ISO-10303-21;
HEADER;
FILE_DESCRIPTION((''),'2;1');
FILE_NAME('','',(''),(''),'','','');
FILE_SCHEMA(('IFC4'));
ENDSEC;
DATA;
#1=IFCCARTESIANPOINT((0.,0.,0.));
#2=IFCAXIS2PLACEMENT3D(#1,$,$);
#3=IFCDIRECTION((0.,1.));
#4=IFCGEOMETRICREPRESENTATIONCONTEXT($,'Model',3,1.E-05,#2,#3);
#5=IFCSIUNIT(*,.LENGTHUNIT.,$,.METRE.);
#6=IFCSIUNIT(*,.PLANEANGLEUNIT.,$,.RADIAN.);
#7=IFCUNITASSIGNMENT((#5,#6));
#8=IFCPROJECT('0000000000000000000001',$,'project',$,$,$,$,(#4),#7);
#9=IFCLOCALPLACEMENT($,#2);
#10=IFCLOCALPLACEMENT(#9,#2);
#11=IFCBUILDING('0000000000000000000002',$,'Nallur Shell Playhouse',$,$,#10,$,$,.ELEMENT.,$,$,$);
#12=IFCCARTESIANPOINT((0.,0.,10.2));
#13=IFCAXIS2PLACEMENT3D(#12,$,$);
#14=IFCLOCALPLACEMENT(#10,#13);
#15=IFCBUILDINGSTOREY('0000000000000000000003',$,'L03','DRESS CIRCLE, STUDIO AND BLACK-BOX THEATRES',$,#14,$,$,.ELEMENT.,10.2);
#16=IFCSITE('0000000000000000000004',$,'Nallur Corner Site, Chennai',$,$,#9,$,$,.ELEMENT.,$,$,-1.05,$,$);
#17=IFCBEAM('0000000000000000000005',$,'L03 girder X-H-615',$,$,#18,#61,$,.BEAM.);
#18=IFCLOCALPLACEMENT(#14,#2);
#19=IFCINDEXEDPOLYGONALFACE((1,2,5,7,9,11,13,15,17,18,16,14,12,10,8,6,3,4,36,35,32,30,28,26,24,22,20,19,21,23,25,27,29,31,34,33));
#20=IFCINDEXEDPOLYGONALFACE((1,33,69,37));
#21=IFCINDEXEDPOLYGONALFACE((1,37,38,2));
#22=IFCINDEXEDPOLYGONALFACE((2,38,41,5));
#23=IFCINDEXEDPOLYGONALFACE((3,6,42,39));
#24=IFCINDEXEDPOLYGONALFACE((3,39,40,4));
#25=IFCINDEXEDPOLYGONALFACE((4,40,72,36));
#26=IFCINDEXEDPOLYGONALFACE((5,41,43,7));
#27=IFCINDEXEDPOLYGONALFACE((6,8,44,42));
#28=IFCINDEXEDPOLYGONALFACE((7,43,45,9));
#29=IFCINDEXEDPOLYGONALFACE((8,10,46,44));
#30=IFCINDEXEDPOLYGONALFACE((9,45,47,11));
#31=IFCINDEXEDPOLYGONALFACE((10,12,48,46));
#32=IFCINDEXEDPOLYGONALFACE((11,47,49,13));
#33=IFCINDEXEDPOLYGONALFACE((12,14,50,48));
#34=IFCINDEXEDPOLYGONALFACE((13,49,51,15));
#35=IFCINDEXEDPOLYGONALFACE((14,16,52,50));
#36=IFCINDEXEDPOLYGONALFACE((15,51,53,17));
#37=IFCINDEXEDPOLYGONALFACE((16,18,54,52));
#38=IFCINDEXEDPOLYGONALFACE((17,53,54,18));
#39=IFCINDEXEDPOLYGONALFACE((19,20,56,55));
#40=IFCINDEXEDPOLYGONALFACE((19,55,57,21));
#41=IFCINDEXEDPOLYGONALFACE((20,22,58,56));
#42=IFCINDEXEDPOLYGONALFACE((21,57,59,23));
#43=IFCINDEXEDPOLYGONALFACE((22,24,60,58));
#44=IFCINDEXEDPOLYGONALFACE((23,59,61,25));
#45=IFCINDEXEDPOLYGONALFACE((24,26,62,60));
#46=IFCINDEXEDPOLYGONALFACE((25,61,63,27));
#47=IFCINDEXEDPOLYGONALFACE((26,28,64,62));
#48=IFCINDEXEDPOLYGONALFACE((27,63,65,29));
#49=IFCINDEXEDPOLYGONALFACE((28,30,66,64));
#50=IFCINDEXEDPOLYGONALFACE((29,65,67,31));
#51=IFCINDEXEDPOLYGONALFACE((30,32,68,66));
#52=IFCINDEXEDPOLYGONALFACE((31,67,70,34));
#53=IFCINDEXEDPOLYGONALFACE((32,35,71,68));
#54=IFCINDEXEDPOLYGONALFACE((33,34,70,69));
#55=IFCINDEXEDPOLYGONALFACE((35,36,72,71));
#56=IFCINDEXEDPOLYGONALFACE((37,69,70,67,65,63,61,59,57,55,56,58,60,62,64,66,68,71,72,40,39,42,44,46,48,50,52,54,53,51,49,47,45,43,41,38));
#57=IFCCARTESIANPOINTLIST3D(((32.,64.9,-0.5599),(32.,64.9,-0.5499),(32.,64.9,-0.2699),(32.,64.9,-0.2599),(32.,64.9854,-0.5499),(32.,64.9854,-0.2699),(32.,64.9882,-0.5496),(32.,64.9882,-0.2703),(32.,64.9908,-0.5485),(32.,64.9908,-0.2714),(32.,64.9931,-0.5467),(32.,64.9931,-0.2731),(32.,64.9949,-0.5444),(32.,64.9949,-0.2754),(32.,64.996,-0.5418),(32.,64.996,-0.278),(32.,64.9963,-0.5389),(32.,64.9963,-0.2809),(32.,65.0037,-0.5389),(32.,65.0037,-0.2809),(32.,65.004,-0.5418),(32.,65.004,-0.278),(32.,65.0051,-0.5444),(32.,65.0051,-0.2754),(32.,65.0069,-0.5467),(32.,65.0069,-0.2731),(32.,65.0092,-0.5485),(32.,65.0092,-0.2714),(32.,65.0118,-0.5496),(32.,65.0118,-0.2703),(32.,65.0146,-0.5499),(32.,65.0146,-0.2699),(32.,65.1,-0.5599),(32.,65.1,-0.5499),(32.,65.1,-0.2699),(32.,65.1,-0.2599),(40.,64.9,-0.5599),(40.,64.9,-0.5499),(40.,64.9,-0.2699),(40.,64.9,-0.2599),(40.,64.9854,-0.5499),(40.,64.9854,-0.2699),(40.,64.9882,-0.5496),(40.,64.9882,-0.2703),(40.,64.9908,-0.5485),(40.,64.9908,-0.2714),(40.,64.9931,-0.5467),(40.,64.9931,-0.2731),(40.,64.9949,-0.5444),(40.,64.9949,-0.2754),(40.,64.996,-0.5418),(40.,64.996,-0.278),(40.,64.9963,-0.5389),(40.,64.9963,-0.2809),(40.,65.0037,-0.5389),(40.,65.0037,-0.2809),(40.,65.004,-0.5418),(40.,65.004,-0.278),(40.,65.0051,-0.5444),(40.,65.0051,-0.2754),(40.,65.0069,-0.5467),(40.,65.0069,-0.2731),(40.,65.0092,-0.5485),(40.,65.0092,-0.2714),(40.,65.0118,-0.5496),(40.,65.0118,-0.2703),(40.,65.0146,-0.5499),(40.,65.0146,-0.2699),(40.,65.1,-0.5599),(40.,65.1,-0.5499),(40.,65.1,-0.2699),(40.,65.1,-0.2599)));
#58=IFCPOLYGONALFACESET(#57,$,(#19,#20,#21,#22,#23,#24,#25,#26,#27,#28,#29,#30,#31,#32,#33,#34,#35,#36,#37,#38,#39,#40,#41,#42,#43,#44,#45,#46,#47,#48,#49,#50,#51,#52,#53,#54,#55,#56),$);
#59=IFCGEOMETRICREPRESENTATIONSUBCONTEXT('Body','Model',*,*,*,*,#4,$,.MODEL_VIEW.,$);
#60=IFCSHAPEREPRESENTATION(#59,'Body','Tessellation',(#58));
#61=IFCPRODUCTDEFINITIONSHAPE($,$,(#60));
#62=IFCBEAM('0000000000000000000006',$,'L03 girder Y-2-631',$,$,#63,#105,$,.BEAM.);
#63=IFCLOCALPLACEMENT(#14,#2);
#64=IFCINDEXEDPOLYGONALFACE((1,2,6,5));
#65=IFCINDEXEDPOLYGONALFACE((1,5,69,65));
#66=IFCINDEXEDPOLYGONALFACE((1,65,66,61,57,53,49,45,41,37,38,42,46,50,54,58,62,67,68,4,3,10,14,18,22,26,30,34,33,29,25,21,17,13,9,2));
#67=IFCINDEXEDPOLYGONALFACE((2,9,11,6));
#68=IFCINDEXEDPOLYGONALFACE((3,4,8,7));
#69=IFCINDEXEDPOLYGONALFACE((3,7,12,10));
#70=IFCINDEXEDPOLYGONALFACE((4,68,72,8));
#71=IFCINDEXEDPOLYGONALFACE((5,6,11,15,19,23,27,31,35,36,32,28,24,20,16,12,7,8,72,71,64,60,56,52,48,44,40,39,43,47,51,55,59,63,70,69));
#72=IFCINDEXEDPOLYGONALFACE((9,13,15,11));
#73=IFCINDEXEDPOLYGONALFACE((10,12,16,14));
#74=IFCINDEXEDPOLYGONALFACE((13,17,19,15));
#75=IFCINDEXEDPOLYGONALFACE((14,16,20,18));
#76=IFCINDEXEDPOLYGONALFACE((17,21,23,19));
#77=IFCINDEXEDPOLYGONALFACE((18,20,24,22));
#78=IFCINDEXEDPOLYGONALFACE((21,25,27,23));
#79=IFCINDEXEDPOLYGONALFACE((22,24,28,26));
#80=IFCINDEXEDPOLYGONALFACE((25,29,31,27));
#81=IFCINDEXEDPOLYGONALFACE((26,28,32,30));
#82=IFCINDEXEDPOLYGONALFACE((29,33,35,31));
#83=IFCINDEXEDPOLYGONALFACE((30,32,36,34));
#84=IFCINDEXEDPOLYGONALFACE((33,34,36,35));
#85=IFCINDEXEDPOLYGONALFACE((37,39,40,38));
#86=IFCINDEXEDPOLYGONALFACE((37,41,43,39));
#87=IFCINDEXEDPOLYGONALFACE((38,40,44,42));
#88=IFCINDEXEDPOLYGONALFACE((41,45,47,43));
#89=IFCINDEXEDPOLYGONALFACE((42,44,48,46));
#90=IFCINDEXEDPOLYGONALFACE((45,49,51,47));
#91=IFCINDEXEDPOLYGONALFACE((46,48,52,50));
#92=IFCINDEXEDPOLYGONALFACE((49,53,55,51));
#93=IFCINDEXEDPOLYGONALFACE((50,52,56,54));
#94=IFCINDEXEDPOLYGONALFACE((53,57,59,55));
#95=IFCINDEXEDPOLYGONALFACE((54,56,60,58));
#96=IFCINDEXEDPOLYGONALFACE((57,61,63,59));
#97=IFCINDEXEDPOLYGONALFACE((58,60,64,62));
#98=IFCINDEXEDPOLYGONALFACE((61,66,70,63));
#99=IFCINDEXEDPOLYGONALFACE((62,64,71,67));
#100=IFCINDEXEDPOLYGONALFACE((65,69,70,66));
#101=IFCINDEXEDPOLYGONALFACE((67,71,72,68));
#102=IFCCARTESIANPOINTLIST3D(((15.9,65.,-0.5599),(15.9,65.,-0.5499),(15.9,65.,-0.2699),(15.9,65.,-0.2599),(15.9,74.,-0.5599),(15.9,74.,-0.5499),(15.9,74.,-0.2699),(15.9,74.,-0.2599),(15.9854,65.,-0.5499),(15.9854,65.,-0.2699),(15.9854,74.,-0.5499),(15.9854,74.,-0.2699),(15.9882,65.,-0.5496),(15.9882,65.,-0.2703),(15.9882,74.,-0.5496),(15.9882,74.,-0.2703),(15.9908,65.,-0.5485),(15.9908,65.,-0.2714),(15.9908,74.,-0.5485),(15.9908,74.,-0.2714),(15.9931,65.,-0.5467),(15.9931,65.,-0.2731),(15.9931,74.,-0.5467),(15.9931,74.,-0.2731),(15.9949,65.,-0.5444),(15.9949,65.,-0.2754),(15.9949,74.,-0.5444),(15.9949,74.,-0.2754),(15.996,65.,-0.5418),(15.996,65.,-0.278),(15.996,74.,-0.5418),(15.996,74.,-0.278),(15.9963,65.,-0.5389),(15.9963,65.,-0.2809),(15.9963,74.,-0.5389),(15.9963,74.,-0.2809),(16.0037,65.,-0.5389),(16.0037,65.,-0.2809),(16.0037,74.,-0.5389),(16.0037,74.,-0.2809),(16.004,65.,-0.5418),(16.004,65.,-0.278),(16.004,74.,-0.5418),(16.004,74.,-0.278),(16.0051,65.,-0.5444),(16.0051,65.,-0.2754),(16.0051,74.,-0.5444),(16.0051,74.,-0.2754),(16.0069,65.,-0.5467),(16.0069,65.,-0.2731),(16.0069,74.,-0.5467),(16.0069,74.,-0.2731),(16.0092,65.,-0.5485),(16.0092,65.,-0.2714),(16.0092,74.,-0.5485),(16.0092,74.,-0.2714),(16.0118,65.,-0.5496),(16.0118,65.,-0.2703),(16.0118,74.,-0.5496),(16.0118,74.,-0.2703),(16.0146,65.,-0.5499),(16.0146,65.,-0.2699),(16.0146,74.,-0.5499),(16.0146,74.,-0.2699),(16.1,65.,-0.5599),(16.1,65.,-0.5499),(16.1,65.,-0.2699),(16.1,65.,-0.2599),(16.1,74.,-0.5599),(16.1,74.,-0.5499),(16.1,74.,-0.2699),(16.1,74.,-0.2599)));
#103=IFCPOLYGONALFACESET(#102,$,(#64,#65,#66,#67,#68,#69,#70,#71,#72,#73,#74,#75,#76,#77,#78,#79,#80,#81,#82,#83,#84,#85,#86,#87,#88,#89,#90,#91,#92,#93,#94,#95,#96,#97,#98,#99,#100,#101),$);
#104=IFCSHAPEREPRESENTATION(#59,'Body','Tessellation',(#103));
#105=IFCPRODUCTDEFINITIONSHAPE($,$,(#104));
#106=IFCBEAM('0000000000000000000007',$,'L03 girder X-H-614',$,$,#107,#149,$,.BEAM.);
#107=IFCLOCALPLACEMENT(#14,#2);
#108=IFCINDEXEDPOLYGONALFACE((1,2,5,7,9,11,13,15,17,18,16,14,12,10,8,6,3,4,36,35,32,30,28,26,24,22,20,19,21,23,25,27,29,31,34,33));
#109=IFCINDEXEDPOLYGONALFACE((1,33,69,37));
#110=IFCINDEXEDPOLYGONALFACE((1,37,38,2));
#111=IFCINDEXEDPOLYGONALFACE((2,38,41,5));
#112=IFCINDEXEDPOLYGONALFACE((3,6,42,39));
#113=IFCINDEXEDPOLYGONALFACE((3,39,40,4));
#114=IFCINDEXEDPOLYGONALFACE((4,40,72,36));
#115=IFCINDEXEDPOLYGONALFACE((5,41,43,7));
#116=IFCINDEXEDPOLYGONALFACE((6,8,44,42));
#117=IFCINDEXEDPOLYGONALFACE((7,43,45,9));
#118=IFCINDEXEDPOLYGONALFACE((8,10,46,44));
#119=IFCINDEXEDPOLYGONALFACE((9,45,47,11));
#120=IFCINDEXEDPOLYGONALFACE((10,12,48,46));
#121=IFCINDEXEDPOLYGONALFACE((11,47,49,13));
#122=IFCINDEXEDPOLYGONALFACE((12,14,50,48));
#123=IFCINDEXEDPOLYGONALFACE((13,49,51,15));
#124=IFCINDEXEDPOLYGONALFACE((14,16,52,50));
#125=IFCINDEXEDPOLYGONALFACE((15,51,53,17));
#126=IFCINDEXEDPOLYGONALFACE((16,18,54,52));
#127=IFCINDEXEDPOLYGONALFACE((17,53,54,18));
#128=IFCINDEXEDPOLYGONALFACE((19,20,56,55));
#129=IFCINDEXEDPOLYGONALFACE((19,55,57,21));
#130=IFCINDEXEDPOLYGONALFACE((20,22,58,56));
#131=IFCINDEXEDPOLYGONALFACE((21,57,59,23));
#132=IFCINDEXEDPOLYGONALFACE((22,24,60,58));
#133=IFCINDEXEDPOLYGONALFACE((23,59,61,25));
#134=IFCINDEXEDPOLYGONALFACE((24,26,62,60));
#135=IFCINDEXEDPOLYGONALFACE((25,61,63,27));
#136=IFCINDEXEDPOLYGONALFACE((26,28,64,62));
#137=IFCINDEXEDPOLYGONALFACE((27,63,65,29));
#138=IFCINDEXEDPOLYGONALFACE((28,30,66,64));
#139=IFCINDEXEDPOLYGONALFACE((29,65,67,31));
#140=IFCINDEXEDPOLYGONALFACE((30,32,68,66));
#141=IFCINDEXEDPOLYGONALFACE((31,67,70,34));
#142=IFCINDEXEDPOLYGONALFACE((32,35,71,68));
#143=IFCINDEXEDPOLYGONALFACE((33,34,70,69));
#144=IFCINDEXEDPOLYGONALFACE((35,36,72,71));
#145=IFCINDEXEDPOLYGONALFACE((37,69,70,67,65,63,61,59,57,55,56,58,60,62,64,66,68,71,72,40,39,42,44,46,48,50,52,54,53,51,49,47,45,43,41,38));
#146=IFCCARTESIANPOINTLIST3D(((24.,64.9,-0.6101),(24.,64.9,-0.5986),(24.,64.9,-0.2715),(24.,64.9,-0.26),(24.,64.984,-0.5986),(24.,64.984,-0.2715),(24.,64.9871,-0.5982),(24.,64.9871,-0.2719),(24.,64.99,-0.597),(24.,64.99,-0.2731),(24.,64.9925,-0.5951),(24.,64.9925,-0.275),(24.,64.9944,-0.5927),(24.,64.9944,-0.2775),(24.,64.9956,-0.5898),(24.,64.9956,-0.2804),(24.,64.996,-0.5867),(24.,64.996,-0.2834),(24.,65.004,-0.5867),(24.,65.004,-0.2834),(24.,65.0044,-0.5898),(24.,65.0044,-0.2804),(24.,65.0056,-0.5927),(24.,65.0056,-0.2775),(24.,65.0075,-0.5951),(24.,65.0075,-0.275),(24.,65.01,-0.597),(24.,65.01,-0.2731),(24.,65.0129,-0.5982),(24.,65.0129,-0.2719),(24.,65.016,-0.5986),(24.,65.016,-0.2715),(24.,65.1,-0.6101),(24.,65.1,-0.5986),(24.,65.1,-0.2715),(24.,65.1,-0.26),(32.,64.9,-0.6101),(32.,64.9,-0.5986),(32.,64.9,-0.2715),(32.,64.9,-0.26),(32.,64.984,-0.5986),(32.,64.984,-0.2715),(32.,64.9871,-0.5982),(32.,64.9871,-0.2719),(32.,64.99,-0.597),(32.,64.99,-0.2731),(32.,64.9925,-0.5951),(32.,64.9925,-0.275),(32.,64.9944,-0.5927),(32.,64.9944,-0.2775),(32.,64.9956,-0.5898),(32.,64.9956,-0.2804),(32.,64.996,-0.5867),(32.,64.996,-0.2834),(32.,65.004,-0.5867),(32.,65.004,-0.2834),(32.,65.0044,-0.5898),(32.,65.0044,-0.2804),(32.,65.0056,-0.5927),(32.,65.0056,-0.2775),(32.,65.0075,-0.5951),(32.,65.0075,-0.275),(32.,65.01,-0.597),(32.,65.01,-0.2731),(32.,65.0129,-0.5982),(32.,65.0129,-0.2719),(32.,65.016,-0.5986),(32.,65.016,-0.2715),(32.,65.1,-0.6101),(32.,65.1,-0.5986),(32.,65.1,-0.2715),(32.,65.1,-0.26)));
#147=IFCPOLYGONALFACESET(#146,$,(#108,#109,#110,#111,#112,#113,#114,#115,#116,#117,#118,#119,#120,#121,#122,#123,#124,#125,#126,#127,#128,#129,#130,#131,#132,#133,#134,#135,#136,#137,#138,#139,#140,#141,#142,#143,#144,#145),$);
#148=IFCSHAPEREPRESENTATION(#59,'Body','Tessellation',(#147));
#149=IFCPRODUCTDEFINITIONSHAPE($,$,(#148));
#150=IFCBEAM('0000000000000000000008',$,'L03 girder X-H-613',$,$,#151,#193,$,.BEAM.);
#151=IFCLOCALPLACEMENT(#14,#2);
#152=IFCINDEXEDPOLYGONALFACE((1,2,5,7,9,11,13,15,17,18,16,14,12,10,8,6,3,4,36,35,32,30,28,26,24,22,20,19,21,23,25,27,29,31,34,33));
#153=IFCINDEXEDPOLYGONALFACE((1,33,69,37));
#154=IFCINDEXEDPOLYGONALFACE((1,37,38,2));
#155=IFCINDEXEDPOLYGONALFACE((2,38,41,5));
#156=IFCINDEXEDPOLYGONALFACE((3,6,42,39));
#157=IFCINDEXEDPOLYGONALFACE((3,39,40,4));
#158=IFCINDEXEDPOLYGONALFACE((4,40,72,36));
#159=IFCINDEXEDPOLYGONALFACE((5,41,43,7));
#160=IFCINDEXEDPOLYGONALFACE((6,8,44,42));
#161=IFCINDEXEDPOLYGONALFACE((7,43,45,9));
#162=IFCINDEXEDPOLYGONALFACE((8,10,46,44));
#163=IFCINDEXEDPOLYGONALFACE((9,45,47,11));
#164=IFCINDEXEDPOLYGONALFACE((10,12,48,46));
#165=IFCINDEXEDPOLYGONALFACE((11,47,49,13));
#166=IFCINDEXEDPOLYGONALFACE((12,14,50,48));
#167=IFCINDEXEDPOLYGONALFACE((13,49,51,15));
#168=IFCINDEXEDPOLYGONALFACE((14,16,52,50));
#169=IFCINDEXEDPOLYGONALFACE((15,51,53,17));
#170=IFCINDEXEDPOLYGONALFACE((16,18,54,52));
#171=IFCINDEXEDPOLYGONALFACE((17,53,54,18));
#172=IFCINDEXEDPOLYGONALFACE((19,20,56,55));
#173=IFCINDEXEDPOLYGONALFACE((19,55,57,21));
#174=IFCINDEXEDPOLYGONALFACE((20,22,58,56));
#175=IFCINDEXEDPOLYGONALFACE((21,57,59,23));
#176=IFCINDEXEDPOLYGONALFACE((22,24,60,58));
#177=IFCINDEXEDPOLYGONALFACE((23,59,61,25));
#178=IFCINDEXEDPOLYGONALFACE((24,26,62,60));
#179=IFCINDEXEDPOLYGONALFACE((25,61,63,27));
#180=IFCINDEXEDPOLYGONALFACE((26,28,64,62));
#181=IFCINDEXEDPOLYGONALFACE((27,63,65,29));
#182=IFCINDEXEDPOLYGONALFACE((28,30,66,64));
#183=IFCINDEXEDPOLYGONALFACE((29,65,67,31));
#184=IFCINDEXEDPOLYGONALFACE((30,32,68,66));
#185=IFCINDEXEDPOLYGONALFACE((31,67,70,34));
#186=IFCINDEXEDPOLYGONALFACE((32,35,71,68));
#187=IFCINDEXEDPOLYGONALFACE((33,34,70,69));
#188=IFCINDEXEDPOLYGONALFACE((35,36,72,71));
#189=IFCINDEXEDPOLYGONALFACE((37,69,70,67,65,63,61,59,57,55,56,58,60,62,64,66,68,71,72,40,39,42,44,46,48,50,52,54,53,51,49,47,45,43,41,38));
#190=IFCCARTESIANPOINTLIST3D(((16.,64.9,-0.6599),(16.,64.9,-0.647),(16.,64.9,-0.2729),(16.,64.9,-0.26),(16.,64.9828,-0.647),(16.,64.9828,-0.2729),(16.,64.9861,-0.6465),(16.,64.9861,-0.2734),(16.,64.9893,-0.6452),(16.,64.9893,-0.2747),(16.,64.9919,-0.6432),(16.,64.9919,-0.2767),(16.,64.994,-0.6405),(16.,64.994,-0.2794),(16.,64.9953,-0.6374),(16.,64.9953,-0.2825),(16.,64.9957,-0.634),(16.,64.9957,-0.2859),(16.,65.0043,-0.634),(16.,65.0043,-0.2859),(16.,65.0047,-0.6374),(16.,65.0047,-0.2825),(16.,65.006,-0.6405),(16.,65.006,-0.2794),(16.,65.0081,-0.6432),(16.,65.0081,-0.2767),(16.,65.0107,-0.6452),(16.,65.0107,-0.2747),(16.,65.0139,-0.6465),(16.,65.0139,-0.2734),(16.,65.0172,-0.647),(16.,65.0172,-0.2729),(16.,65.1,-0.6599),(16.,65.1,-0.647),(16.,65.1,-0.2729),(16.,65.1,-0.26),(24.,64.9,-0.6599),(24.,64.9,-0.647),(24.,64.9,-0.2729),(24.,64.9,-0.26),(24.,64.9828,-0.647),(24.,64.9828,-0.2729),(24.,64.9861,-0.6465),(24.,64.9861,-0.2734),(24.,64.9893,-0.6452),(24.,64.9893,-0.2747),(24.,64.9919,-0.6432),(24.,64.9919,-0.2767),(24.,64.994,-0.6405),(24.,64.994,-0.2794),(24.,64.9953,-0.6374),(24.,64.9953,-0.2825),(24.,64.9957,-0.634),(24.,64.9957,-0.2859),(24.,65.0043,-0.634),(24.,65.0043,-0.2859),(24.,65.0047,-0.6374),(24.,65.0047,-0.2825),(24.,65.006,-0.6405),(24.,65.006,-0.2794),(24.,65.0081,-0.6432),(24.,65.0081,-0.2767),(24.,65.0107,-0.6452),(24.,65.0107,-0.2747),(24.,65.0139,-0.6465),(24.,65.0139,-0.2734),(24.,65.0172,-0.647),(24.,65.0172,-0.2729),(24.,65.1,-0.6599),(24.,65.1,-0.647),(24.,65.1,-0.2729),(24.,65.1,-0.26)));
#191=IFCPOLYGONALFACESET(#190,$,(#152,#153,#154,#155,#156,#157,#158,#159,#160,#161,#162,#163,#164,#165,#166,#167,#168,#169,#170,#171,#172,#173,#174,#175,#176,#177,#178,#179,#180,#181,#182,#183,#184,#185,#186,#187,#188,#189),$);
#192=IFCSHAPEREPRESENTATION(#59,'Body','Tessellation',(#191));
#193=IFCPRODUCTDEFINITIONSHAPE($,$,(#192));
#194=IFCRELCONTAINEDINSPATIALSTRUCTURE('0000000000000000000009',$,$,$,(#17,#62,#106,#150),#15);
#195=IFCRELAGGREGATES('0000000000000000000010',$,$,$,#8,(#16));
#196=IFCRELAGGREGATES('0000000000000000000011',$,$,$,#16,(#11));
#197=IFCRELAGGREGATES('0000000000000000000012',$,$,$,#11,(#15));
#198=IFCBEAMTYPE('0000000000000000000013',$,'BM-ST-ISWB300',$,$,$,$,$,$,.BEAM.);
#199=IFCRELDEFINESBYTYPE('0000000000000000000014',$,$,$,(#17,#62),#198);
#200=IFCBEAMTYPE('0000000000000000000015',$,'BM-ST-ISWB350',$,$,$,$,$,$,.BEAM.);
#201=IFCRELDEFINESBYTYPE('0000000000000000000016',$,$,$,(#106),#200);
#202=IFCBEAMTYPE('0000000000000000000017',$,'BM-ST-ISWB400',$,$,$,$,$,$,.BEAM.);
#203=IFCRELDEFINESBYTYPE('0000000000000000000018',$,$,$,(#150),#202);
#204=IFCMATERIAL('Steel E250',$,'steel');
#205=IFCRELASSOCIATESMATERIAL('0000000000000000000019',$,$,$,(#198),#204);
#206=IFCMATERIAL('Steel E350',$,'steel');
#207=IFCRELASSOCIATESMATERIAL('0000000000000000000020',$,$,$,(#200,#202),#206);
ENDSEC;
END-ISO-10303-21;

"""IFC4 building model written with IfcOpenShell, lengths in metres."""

from ifc_helpers import new_model, si_unit, direction, frame, origin, origin_2d, place, context, subcontext, project, spatial, i_section, extrude, material, material_profile, profile_set, type_object, element, save


model = new_model("IFC4")

# Units and contexts
model_context = context("Model", 3, precision=1e-05, world=origin(), true_north=direction((0.0, 1.0)))
body_context = subcontext(model_context, "Body", "Model", "MODEL_VIEW")
ifc_project = project(units=[si_unit("LENGTHUNIT", "METRE"), si_unit("PLANEANGLEUNIT", "RADIAN")], contexts=[model_context])

# Site, building, storey
site_placement = place(None, origin())
site = spatial("IfcSite", under=ifc_project, at=site_placement, Name="Nallur Corner Site, Chennai", CompositionType="ELEMENT", RefElevation=-1.05)
building_placement = place(site_placement, origin())
building = spatial("IfcBuilding", under=site, at=building_placement, Name="Nallur Shell Playhouse", CompositionType="ELEMENT")
storey_placement = place(building_placement, frame((0.0, 0.0, 10.2)))
storey = spatial("IfcBuildingStorey", under=building, at=storey_placement, Name="L03", Description="DRESS CIRCLE, STUDIO AND BLACK-BOX THEATRES", CompositionType="ELEMENT", Elevation=10.2)

# Shared definitions
ifc_material_1 = material(Name="Steel E350", Category="steel")

# Beams
ifc_material_2 = material(Name="Steel E250", Category="steel")
ifc_material_profile_1 = material_profile(ifc_material_2, i_section(OverallWidth=0.2, OverallDepth=0.3, WebThickness=0.0073, FlangeThickness=0.01, FilletRadius=0.011, at=origin_2d()), Name="ISWB 300")
ifc_profile_set_1 = profile_set([ifc_material_profile_1], Name="Steel E250")
beam_type_1 = type_object("IfcBeamType", Name="BM-ST-ISWB300", PredefinedType="BEAM", material=ifc_profile_set_1)
beam_1_placement = place(storey_placement, frame((32.0, 65.0, -0.4099), z_axis=(1.0, 0.0, 0.0), x_axis=(0.0, 1.0, 0.0)))
element("IfcBeam", 1, at=beam_1_placement, inside=storey, type_object=beam_type_1, Name="L03 girder X-H-615", PredefinedType="BEAM", context=body_context, shape_type="SweptSolid", body=[
    extrude(i_section(OverallWidth=0.2, OverallDepth=0.3, WebThickness=0.0073, FlangeThickness=0.01, FilletRadius=0.011, at=origin_2d()), origin(), (0.0, 0.0, 1.0), 8.0),
])
beam_2_placement = place(storey_placement, frame((16.0, 65.0, -0.4099), z_axis=(0.0, 1.0, 0.0), x_axis=(-1.0, 0.0, 0.0)))
element("IfcBeam", 2, at=beam_2_placement, inside=storey, type_object=beam_type_1, Name="L03 girder Y-2-631", PredefinedType="BEAM", context=body_context, shape_type="SweptSolid", body=[
    extrude(i_section(OverallWidth=0.2, OverallDepth=0.3, WebThickness=0.0073, FlangeThickness=0.01, FilletRadius=0.011, at=origin_2d()), origin(), (0.0, 0.0, 1.0), 9.0),
])
ifc_material_profile_2 = material_profile(ifc_material_1, i_section(OverallWidth=0.2, OverallDepth=0.3501, WebThickness=0.0081, FlangeThickness=0.0115, FilletRadius=0.012, at=origin_2d()), Name="ISWB 350")
ifc_profile_set_2 = profile_set([ifc_material_profile_2], Name="Steel E350")
beam_type_2 = type_object("IfcBeamType", Name="BM-ST-ISWB350", PredefinedType="BEAM", material=ifc_profile_set_2)
beam_3_placement = place(storey_placement, frame((24.0, 65.0, -0.4351), z_axis=(1.0, 0.0, 0.0), x_axis=(0.0, 1.0, 0.0)))
element("IfcBeam", 3, at=beam_3_placement, inside=storey, type_object=beam_type_2, Name="L03 girder X-H-614", PredefinedType="BEAM", context=body_context, shape_type="SweptSolid", body=[
    extrude(i_section(OverallWidth=0.2, OverallDepth=0.3501, WebThickness=0.0081, FlangeThickness=0.0115, FilletRadius=0.012, at=origin_2d()), origin(), (0.0, 0.0, 1.0), 8.0),
])
ifc_material_profile_3 = material_profile(ifc_material_1, i_section(OverallWidth=0.2, OverallDepth=0.3999, WebThickness=0.0085, FlangeThickness=0.0129, FilletRadius=0.0129, at=origin_2d()), Name="ISWB 400")
ifc_profile_set_3 = profile_set([ifc_material_profile_3], Name="Steel E350")
beam_type_3 = type_object("IfcBeamType", Name="BM-ST-ISWB400", PredefinedType="BEAM", material=ifc_profile_set_3)
beam_4_placement = place(storey_placement, frame((16.0, 65.0, -0.46), z_axis=(1.0, 0.0, 0.0), x_axis=(0.0, 1.0, 0.0)))
element("IfcBeam", 4, at=beam_4_placement, inside=storey, type_object=beam_type_3, Name="L03 girder X-H-613", PredefinedType="BEAM", context=body_context, shape_type="SweptSolid", body=[
    extrude(i_section(OverallWidth=0.2, OverallDepth=0.3999, WebThickness=0.0085, FlangeThickness=0.0129, FilletRadius=0.0129, at=origin_2d()), origin(), (0.0, 0.0, 1.0), 8.0),
])

save(model, "model.ifc")
